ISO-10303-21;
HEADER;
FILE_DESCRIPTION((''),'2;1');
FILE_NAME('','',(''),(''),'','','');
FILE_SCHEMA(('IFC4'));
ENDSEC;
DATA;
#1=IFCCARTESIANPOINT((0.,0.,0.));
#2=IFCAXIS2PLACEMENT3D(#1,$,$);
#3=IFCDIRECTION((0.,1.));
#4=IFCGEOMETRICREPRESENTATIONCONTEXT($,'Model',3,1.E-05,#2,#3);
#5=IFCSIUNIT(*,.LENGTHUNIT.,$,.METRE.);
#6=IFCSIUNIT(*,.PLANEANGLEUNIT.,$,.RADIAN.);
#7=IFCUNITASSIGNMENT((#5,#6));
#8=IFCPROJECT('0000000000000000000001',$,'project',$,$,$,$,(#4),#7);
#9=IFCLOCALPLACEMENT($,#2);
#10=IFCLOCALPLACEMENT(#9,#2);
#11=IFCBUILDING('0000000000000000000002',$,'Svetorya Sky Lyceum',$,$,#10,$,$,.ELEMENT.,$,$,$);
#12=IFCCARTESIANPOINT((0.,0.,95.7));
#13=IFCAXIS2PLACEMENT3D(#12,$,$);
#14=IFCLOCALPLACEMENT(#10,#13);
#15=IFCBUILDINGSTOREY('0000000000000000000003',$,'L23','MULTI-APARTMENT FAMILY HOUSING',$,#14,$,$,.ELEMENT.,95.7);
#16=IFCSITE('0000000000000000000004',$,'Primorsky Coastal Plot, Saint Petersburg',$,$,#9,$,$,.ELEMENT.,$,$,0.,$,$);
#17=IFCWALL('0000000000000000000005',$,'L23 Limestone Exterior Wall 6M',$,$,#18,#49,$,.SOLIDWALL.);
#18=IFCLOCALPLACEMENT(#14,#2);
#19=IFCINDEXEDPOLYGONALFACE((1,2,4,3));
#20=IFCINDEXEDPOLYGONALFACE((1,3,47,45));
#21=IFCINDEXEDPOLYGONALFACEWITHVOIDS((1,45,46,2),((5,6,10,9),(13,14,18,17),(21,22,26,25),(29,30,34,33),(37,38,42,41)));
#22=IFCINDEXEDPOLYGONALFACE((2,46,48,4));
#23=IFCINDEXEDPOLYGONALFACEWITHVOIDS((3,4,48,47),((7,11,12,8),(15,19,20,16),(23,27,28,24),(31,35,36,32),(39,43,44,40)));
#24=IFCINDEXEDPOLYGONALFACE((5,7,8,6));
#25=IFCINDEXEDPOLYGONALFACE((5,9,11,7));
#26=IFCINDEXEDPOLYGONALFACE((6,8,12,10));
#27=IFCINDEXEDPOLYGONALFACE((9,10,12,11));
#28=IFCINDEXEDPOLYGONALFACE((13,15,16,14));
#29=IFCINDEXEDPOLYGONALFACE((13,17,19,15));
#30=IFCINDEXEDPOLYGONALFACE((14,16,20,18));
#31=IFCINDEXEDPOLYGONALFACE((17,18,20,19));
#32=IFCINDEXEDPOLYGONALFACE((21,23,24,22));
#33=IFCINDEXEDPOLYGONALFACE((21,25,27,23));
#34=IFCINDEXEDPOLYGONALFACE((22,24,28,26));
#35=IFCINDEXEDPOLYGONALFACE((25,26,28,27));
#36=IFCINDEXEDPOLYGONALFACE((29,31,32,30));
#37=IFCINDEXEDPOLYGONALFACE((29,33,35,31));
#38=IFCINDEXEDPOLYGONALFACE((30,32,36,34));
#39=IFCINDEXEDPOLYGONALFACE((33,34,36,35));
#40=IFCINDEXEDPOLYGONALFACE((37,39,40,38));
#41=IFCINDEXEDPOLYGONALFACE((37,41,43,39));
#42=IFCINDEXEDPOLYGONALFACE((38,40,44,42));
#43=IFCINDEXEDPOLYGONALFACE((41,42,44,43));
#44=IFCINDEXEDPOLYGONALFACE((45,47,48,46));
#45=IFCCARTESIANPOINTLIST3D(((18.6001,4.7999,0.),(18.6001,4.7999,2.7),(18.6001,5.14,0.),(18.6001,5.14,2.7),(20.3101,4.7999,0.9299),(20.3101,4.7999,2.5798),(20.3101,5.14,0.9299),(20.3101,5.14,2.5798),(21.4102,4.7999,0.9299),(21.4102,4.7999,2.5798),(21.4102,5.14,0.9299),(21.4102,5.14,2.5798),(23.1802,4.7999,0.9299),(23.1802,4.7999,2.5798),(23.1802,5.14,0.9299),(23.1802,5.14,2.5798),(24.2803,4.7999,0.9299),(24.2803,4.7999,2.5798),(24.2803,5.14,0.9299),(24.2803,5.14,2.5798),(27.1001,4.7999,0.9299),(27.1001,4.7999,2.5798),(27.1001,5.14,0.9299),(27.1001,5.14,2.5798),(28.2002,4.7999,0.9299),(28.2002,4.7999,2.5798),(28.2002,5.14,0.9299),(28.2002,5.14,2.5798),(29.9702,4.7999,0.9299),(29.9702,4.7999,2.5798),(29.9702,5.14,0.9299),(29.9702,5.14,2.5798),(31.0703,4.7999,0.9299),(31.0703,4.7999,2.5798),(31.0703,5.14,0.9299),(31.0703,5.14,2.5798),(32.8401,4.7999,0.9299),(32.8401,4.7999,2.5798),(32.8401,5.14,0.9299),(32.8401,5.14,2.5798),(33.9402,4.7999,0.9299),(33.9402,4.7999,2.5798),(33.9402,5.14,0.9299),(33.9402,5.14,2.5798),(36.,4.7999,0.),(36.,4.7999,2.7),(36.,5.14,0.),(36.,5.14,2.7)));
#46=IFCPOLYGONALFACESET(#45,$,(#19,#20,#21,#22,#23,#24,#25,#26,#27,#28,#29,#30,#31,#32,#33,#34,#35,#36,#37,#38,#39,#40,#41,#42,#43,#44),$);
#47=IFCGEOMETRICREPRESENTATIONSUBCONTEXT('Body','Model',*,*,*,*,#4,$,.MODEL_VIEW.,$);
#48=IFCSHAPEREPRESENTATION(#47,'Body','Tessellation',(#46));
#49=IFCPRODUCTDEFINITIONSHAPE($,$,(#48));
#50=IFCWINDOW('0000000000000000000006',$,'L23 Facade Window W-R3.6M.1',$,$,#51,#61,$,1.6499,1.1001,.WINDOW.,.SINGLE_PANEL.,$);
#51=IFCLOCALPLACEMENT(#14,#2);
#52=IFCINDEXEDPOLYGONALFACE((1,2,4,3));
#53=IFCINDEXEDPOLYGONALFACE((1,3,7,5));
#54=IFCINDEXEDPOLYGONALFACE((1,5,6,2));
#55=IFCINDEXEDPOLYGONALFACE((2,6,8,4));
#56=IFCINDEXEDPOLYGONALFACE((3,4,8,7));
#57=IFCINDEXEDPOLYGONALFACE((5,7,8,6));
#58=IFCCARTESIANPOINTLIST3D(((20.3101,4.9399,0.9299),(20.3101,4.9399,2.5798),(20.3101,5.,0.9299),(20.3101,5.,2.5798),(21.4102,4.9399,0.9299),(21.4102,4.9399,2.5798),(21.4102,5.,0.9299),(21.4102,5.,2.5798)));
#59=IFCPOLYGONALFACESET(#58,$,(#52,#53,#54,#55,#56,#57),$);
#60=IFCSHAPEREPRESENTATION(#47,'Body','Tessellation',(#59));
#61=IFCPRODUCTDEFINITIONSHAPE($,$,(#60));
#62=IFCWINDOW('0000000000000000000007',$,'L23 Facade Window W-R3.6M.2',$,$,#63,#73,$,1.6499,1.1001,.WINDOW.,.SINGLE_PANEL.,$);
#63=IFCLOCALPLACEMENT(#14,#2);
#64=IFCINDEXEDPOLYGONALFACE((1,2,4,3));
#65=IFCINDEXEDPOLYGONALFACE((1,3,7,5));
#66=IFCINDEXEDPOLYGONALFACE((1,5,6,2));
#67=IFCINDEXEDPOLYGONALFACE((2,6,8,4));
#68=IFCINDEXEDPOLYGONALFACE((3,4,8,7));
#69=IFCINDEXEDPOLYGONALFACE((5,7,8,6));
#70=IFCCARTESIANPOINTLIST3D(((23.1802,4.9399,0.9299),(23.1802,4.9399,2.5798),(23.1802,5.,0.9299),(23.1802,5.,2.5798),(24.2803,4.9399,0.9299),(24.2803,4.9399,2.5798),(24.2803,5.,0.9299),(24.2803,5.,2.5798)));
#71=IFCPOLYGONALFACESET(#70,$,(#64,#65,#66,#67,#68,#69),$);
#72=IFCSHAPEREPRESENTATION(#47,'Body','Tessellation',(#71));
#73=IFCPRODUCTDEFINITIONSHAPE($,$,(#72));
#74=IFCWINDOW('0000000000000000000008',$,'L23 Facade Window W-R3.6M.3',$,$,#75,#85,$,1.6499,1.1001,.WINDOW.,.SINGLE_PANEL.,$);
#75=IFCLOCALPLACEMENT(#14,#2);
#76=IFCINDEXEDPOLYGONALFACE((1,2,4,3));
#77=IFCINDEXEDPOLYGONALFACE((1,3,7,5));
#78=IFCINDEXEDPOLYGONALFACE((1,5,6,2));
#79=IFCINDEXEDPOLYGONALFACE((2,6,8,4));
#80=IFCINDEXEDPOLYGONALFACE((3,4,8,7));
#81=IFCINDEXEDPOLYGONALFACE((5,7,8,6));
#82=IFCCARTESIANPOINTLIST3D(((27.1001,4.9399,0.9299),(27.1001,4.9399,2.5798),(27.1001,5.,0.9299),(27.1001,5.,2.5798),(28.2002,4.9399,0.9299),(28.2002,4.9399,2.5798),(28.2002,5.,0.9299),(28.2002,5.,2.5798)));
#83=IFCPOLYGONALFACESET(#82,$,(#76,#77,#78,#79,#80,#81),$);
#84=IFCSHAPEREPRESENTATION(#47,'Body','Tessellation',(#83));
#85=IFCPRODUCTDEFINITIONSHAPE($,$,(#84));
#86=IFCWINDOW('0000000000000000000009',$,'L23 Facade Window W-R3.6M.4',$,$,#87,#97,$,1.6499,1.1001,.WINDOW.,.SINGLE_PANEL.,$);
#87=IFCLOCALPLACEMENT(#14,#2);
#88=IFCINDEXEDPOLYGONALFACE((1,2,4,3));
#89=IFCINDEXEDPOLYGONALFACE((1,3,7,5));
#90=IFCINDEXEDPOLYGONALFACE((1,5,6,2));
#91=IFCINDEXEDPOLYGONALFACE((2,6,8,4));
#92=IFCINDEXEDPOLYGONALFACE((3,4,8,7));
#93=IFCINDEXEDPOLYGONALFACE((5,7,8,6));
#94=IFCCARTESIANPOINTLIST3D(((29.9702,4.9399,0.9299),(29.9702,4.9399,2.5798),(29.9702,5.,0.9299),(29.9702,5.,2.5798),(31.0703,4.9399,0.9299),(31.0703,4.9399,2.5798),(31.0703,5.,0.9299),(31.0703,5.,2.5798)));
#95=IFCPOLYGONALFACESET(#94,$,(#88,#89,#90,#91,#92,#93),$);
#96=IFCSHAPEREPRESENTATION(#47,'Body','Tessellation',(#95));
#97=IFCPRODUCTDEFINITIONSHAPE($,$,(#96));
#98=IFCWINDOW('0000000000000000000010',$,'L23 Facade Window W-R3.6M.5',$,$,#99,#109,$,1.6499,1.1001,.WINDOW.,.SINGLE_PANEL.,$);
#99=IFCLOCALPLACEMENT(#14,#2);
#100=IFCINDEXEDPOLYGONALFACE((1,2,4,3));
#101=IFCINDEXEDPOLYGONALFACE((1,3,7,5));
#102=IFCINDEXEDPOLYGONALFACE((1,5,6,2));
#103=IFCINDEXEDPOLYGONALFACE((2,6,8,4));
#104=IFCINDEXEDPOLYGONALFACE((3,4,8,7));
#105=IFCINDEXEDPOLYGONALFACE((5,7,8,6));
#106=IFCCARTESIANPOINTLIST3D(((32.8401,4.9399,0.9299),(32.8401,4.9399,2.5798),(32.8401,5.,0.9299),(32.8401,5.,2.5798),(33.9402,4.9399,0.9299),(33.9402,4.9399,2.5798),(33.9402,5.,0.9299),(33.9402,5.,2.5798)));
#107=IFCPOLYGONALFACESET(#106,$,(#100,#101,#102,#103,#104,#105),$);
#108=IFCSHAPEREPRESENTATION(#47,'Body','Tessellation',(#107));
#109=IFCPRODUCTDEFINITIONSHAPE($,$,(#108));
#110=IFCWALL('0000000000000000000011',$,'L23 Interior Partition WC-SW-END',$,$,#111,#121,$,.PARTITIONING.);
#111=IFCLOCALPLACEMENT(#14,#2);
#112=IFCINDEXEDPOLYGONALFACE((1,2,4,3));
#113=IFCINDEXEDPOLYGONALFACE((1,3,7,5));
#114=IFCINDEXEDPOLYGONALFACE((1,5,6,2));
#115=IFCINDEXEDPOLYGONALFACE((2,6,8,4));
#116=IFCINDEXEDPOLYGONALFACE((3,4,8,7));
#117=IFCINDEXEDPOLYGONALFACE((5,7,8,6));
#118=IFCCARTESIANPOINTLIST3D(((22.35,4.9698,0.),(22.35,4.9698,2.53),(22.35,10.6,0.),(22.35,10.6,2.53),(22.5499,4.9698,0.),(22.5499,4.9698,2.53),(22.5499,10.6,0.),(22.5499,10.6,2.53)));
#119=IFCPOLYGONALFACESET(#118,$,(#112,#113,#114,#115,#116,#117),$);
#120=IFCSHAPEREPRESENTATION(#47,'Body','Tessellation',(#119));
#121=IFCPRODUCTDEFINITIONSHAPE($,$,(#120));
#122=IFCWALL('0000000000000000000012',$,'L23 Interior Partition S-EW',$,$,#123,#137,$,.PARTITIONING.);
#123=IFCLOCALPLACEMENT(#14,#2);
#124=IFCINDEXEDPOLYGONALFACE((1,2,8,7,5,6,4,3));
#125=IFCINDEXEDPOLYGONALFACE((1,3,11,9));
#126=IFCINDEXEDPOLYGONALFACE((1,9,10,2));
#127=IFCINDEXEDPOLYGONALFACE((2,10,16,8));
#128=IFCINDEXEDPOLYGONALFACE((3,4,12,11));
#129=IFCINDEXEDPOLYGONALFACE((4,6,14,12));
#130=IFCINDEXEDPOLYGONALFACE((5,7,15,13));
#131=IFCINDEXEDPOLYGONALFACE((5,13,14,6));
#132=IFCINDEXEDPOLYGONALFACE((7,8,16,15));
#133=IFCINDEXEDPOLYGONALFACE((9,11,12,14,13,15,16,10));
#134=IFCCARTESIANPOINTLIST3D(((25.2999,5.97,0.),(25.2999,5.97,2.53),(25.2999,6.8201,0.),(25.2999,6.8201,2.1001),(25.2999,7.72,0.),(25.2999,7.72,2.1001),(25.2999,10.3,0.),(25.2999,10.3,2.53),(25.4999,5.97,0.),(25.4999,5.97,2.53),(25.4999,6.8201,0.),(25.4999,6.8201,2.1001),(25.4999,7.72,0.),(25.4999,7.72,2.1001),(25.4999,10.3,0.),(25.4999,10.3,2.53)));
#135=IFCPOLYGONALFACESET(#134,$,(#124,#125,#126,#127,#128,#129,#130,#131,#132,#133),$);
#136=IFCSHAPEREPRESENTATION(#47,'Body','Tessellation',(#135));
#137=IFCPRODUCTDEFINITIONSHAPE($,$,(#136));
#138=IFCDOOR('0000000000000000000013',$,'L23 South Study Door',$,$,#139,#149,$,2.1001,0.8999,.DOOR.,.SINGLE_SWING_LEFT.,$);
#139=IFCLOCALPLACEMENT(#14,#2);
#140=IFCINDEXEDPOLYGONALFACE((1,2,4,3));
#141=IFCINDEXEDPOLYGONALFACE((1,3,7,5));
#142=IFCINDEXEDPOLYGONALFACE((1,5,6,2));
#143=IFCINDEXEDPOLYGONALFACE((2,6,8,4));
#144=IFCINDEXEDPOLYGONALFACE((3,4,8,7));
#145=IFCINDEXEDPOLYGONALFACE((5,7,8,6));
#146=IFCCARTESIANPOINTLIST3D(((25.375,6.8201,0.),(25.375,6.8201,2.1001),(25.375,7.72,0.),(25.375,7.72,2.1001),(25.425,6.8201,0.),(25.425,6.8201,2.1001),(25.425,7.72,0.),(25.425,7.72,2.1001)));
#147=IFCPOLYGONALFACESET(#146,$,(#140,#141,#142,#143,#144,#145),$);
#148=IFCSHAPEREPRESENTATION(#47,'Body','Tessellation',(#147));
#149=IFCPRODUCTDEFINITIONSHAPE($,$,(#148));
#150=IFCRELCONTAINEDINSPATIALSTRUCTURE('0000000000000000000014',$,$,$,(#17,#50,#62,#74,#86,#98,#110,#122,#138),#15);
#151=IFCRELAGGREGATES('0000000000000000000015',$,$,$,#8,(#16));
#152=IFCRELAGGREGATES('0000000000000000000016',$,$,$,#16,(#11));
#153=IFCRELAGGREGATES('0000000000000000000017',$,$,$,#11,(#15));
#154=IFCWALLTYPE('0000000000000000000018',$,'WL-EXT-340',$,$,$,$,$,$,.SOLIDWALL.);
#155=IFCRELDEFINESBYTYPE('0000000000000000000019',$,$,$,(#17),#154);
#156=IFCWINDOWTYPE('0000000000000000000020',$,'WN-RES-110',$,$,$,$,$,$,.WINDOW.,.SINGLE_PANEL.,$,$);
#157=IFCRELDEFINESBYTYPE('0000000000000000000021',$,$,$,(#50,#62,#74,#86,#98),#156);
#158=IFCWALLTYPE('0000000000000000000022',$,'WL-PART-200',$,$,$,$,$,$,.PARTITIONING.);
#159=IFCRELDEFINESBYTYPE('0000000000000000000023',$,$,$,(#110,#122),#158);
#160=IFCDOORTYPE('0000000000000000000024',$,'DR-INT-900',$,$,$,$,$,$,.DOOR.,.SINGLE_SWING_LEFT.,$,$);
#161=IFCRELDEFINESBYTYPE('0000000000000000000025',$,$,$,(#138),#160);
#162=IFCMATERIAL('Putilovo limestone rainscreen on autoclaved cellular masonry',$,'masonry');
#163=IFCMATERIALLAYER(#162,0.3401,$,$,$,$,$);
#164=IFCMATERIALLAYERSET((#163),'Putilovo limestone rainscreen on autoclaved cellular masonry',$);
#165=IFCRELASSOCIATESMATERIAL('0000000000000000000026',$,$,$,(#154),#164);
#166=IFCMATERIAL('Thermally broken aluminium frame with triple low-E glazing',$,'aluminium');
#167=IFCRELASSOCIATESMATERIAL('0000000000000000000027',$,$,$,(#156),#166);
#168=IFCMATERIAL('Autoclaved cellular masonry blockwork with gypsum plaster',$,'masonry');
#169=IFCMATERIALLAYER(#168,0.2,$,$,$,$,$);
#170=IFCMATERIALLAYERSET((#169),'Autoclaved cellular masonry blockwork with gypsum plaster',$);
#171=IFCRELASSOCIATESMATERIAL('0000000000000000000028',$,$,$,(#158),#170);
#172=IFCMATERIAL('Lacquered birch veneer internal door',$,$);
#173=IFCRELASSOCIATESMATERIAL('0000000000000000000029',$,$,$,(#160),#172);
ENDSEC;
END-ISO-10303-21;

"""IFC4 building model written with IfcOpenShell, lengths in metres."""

from ifc_helpers import new_model, si_unit, direction, frame, frame_2d, origin, place, context, subcontext, project, spatial, rectangle, extrude, material, layer, layer_set, type_object, element, fill, save


model = new_model("IFC4")

# Units and contexts
model_context = context("Model", 3, precision=1e-05, world=origin(), true_north=direction((0.0, 1.0)))
body_context = subcontext(model_context, "Body", "Model", "MODEL_VIEW")
ifc_project = project(units=[si_unit("LENGTHUNIT", "METRE"), si_unit("PLANEANGLEUNIT", "RADIAN")], contexts=[model_context])

# Site, building, storey
site_placement = place(None, origin())
site = spatial("IfcSite", under=ifc_project, at=site_placement, Name="Primorsky Coastal Plot, Saint Petersburg", CompositionType="ELEMENT", RefElevation=0.0)
building_placement = place(site_placement, origin())
building = spatial("IfcBuilding", under=site, at=building_placement, Name="Svetorya Sky Lyceum", CompositionType="ELEMENT")
storey_placement = place(building_placement, frame((0.0, 0.0, 95.7)))
storey = spatial("IfcBuildingStorey", under=building, at=storey_placement, Name="L23", Description="MULTI-APARTMENT FAMILY HOUSING", CompositionType="ELEMENT", Elevation=95.7)

# Shared definitions
ifc_material_1 = material(Name="Putilovo limestone rainscreen on autoclaved cellular masonry", Category="masonry")
ifc_layer_1 = layer(ifc_material_1, 0.3401)
ifc_layer_set_1 = layer_set([ifc_layer_1], Name="Putilovo limestone rainscreen on autoclaved cellular masonry")
wall_type_1 = type_object("IfcWallType", Name="WL-EXT-340", PredefinedType="SOLIDWALL", material=ifc_layer_set_1)

# Wall, openings, windows
wall_1_placement = place(storey_placement, frame((18.6001, 4.97, 0.0), z_axis=(0.0, 0.0, 1.0), x_axis=(1.0, 0.0, 0.0)))
wall_1 = element("IfcWall", 1, at=wall_1_placement, inside=storey, type_object=wall_type_1, Name="L23 Limestone Exterior Wall 6M", PredefinedType="SOLIDWALL", context=body_context, shape_type="SweptSolid", body=[
    extrude(rectangle(XDim=17.3999, YDim=0.3401, at=frame_2d((8.7, 0.0))), origin(), (0.0, 0.0, 1.0), 2.7),
])
opening_1_placement = place(wall_1_placement, frame((1.71, 0.0, 0.9299)))
opening_1 = element("IfcOpeningElement", 2, at=opening_1_placement, cuts=wall_1, PredefinedType="OPENING", context=body_context, shape_type="SweptSolid", body=[
    extrude(rectangle(XDim=1.1001, YDim=1.6499, at=frame_2d((0.55, 0.825))), frame((0.0, 0.1799, 0.0), z_axis=(0.0, -1.0, 0.0), x_axis=(1.0, 0.0, 0.0)), (0.0, 0.0, 1.0), 0.3601),
])
opening_2_placement = place(wall_1_placement, frame((4.5801, 0.0, 0.9299)))
opening_2 = element("IfcOpeningElement", 3, at=opening_2_placement, cuts=wall_1, PredefinedType="OPENING", context=body_context, shape_type="SweptSolid", body=[
    extrude(rectangle(XDim=1.1001, YDim=1.6499, at=frame_2d((0.55, 0.825))), frame((0.0, 0.1799, 0.0), z_axis=(0.0, -1.0, 0.0), x_axis=(1.0, 0.0, 0.0)), (0.0, 0.0, 1.0), 0.3601),
])
opening_3_placement = place(wall_1_placement, frame((8.5, 0.0, 0.9299)))
opening_3 = element("IfcOpeningElement", 4, at=opening_3_placement, cuts=wall_1, PredefinedType="OPENING", context=body_context, shape_type="SweptSolid", body=[
    extrude(rectangle(XDim=1.1001, YDim=1.6499, at=frame_2d((0.55, 0.825))), frame((0.0, 0.1799, 0.0), z_axis=(0.0, -1.0, 0.0), x_axis=(1.0, 0.0, 0.0)), (0.0, 0.0, 1.0), 0.3601),
])
opening_4_placement = place(wall_1_placement, frame((11.3701, 0.0, 0.9299)))
opening_4 = element("IfcOpeningElement", 5, at=opening_4_placement, cuts=wall_1, PredefinedType="OPENING", context=body_context, shape_type="SweptSolid", body=[
    extrude(rectangle(XDim=1.1001, YDim=1.6499, at=frame_2d((0.55, 0.825))), frame((0.0, 0.1799, 0.0), z_axis=(0.0, -1.0, 0.0), x_axis=(1.0, 0.0, 0.0)), (0.0, 0.0, 1.0), 0.3601),
])
opening_5_placement = place(wall_1_placement, frame((14.24, 0.0, 0.9299)))
opening_5 = element("IfcOpeningElement", 6, at=opening_5_placement, cuts=wall_1, PredefinedType="OPENING", context=body_context, shape_type="SweptSolid", body=[
    extrude(rectangle(XDim=1.1001, YDim=1.6499, at=frame_2d((0.55, 0.825))), frame((0.0, 0.1799, 0.0), z_axis=(0.0, -1.0, 0.0), x_axis=(1.0, 0.0, 0.0)), (0.0, 0.0, 1.0), 0.3601),
])
ifc_material_2 = material(Name="Thermally broken aluminium frame with triple low-E glazing", Category="aluminium")
window_type = type_object("IfcWindowType", Name="WN-RES-110", PartitioningType="SINGLE_PANEL", PredefinedType="WINDOW", material=ifc_material_2)
window_1_placement = place(opening_1_placement, origin())
window_1 = element("IfcWindow", 7, at=window_1_placement, inside=storey, type_object=window_type, Name="L23 Facade Window W-R3.6M.1", OverallHeight=1.6499, OverallWidth=1.1001, PartitioningType="SINGLE_PANEL", PredefinedType="WINDOW", context=body_context, shape_type="SweptSolid", body=[
    extrude(rectangle(XDim=1.1001, YDim=1.6499, at=frame_2d((0.55, 0.825))), frame((0.0, 0.03, 0.0), z_axis=(0.0, -1.0, 0.0), x_axis=(1.0, 0.0, 0.0)), (0.0, 0.0, 1.0), 0.0601),
])
fill(opening_1, window_1)
window_2_placement = place(opening_2_placement, origin())
window_2 = element("IfcWindow", 8, at=window_2_placement, inside=storey, type_object=window_type, Name="L23 Facade Window W-R3.6M.2", OverallHeight=1.6499, OverallWidth=1.1001, PartitioningType="SINGLE_PANEL", PredefinedType="WINDOW", context=body_context, shape_type="SweptSolid", body=[
    extrude(rectangle(XDim=1.1001, YDim=1.6499, at=frame_2d((0.55, 0.825))), frame((0.0, 0.03, 0.0), z_axis=(0.0, -1.0, 0.0), x_axis=(1.0, 0.0, 0.0)), (0.0, 0.0, 1.0), 0.0601),
])
fill(opening_2, window_2)
window_3_placement = place(opening_3_placement, origin())
window_3 = element("IfcWindow", 9, at=window_3_placement, inside=storey, type_object=window_type, Name="L23 Facade Window W-R3.6M.3", OverallHeight=1.6499, OverallWidth=1.1001, PartitioningType="SINGLE_PANEL", PredefinedType="WINDOW", context=body_context, shape_type="SweptSolid", body=[
    extrude(rectangle(XDim=1.1001, YDim=1.6499, at=frame_2d((0.55, 0.825))), frame((0.0, 0.03, 0.0), z_axis=(0.0, -1.0, 0.0), x_axis=(1.0, 0.0, 0.0)), (0.0, 0.0, 1.0), 0.0601),
])
fill(opening_3, window_3)
window_4_placement = place(opening_4_placement, origin())
window_4 = element("IfcWindow", 10, at=window_4_placement, inside=storey, type_object=window_type, Name="L23 Facade Window W-R3.6M.4", OverallHeight=1.6499, OverallWidth=1.1001, PartitioningType="SINGLE_PANEL", PredefinedType="WINDOW", context=body_context, shape_type="SweptSolid", body=[
    extrude(rectangle(XDim=1.1001, YDim=1.6499, at=frame_2d((0.55, 0.825))), frame((0.0, 0.03, 0.0), z_axis=(0.0, -1.0, 0.0), x_axis=(1.0, 0.0, 0.0)), (0.0, 0.0, 1.0), 0.0601),
])
fill(opening_4, window_4)
window_5_placement = place(opening_5_placement, origin())
window_5 = element("IfcWindow", 11, at=window_5_placement, inside=storey, type_object=window_type, Name="L23 Facade Window W-R3.6M.5", OverallHeight=1.6499, OverallWidth=1.1001, PartitioningType="SINGLE_PANEL", PredefinedType="WINDOW", context=body_context, shape_type="SweptSolid", body=[
    extrude(rectangle(XDim=1.1001, YDim=1.6499, at=frame_2d((0.55, 0.825))), frame((0.0, 0.03, 0.0), z_axis=(0.0, -1.0, 0.0), x_axis=(1.0, 0.0, 0.0)), (0.0, 0.0, 1.0), 0.0601),
])
fill(opening_5, window_5)

# Wall
ifc_material_3 = material(Name="Autoclaved cellular masonry blockwork with gypsum plaster", Category="masonry")
ifc_layer_2 = layer(ifc_material_3, 0.2)
ifc_layer_set_2 = layer_set([ifc_layer_2], Name="Autoclaved cellular masonry blockwork with gypsum plaster")
wall_type_2 = type_object("IfcWallType", Name="WL-PART-200", PredefinedType="PARTITIONING", material=ifc_layer_set_2)
wall_2_placement = place(storey_placement, frame((22.45, 4.97, 0.0), z_axis=(0.0, 0.0, 1.0), x_axis=(0.0, 1.0, 0.0)))
element("IfcWall", 12, at=wall_2_placement, inside=storey, type_object=wall_type_2, Name="L23 Interior Partition WC-SW-END", PredefinedType="PARTITIONING", context=body_context, shape_type="SweptSolid", body=[
    extrude(rectangle(XDim=5.6301, YDim=0.2, at=frame_2d((2.8149, 0.0))), origin(), (0.0, 0.0, 1.0), 2.53),
])

# Wall, opening, door
wall_3_placement = place(storey_placement, frame((25.3999, 5.97, 0.0), z_axis=(0.0, 0.0, 1.0), x_axis=(0.0, 1.0, 0.0)))
wall_3 = element("IfcWall", 13, at=wall_3_placement, inside=storey, type_object=wall_type_2, Name="L23 Interior Partition S-EW", PredefinedType="PARTITIONING", context=body_context, shape_type="SweptSolid", body=[
    extrude(rectangle(XDim=4.3301, YDim=0.2, at=frame_2d((2.165, 0.0))), origin(), (0.0, 0.0, 1.0), 2.53),
])
opening_6_placement = place(wall_3_placement, frame((0.8501, 0.0, 0.0)))
opening_6 = element("IfcOpeningElement", 14, at=opening_6_placement, cuts=wall_3, PredefinedType="OPENING", context=body_context, shape_type="SweptSolid", body=[
    extrude(rectangle(XDim=0.8999, YDim=2.1001, at=frame_2d((0.45, 1.05))), frame((0.0, 0.1099, 0.0), z_axis=(0.0, -1.0, 0.0), x_axis=(1.0, 0.0, 0.0)), (0.0, 0.0, 1.0), 0.22),
])
ifc_material_4 = material(Name="Lacquered birch veneer internal door")
door_type = type_object("IfcDoorType", Name="DR-INT-900", OperationType="SINGLE_SWING_LEFT", PredefinedType="DOOR", material=ifc_material_4)
door_placement = place(opening_6_placement, origin())
door = element("IfcDoor", 15, at=door_placement, inside=storey, type_object=door_type, Name="L23 South Study Door", OperationType="SINGLE_SWING_LEFT", OverallHeight=2.1001, OverallWidth=0.8999, PredefinedType="DOOR", context=body_context, shape_type="SweptSolid", body=[
    extrude(rectangle(XDim=0.8999, YDim=2.1001, at=frame_2d((0.45, 1.05))), frame((0.0, 0.0249, 0.0), z_axis=(0.0, -1.0, 0.0), x_axis=(1.0, 0.0, 0.0)), (0.0, 0.0, 1.0), 0.05),
])
fill(opening_6, door)

save(model, "model.ifc")
